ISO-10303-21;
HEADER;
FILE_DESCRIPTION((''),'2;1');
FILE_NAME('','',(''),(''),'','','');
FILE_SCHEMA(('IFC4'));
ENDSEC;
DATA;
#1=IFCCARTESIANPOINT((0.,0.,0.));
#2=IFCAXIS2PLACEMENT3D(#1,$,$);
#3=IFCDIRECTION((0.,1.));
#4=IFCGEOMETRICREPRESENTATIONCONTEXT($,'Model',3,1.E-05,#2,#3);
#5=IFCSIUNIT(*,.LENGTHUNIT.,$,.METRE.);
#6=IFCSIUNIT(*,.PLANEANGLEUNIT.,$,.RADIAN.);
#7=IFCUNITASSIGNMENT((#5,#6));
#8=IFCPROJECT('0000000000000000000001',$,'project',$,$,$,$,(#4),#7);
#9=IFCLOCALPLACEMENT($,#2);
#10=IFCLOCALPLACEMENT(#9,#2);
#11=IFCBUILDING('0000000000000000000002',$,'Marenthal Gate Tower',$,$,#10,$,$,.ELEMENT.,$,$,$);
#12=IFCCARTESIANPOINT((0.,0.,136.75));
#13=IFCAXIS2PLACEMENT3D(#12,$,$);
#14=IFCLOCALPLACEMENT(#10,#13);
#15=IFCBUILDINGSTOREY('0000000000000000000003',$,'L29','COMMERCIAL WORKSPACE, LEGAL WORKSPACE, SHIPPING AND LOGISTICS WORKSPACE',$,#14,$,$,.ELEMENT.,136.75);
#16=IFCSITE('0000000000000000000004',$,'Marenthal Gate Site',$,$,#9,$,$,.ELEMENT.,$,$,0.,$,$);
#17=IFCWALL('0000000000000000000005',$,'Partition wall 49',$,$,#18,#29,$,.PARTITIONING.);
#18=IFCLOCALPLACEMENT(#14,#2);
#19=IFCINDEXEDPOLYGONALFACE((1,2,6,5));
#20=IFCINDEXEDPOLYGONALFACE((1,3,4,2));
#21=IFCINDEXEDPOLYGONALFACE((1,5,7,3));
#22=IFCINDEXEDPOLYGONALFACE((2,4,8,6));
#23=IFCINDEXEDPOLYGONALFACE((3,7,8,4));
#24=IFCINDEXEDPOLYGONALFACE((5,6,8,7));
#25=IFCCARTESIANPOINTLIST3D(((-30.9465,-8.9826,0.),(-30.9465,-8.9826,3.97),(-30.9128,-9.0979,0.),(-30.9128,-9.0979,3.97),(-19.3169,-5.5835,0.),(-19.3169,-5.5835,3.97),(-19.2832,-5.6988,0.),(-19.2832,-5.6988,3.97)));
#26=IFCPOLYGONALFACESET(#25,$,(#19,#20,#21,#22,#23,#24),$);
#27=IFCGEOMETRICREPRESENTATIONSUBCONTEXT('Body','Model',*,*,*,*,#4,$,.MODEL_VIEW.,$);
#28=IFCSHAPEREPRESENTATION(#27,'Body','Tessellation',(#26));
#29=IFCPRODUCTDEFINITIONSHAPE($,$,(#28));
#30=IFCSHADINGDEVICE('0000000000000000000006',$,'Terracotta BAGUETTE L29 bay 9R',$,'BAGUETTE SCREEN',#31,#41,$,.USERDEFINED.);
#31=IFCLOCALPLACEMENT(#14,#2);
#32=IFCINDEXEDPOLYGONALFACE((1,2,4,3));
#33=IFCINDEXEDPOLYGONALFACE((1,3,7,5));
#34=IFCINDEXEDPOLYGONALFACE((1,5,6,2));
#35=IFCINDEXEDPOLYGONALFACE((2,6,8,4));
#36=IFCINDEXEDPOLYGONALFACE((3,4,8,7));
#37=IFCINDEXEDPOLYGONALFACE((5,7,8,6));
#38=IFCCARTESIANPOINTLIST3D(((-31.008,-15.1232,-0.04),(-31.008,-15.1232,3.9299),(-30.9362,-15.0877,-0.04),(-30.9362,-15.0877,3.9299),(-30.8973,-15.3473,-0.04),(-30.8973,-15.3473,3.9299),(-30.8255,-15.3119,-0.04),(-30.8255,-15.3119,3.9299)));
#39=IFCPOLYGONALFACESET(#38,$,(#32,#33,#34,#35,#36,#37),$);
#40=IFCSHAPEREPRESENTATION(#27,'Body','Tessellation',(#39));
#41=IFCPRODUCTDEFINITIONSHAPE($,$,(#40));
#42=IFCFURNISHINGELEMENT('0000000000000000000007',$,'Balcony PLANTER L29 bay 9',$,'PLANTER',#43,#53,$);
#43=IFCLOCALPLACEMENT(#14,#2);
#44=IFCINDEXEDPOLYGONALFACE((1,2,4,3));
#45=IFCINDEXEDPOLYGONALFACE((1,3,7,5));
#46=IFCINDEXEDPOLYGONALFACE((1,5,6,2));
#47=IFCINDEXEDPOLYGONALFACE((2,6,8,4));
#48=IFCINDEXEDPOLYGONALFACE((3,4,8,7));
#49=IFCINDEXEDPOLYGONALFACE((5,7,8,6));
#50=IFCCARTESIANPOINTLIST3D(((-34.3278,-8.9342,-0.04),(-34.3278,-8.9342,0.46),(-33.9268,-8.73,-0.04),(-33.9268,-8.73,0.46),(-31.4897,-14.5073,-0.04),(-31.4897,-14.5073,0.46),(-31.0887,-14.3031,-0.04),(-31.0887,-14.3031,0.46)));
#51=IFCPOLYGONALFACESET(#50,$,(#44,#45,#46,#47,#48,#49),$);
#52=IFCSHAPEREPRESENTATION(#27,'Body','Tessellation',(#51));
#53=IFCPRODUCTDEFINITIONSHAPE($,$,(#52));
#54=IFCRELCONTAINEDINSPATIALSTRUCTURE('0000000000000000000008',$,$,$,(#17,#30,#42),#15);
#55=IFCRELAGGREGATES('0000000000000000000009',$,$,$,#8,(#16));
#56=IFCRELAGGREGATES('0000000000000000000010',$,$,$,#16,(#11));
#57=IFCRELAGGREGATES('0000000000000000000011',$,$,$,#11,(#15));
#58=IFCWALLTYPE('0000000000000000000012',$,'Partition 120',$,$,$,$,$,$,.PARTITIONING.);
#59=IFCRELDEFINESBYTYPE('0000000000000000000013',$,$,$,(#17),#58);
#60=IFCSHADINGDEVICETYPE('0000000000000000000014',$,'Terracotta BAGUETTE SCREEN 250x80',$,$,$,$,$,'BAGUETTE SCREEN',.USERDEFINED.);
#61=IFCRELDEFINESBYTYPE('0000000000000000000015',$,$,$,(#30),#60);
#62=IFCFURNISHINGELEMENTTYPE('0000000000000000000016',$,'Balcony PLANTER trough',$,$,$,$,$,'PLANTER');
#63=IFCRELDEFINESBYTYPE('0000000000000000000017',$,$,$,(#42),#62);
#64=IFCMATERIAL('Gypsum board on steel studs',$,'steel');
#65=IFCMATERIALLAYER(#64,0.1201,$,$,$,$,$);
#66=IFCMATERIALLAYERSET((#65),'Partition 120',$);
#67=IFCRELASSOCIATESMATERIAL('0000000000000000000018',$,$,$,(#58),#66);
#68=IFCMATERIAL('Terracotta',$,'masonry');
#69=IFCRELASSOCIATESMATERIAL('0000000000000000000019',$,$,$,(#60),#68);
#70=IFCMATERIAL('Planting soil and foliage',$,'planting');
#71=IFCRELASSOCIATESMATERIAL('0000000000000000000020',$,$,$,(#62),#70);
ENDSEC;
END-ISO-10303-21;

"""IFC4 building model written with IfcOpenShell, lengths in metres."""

from ifc_helpers import new_model, si_unit, direction, frame, frame_2d, origin, origin_2d, place, context, subcontext, project, spatial, rectangle, extrude, material, layer, layer_set, material_profile, profile_set, type_object, element, save


model = new_model("IFC4")

# Units and contexts
model_context = context("Model", 3, precision=1e-05, world=origin(), true_north=direction((0.0, 1.0)))
body_context = subcontext(model_context, "Body", "Model", "MODEL_VIEW")
ifc_project = project(units=[si_unit("LENGTHUNIT", "METRE"), si_unit("PLANEANGLEUNIT", "RADIAN")], contexts=[model_context])

# Site, building, storey
site_placement = place(None, origin())
site = spatial("IfcSite", under=ifc_project, at=site_placement, Name="Marenthal Gate Site", CompositionType="ELEMENT", RefElevation=0.0)
building_placement = place(site_placement, origin())
building = spatial("IfcBuilding", under=site, at=building_placement, Name="Marenthal Gate Tower", CompositionType="ELEMENT")
storey_placement = place(building_placement, frame((0.0, 0.0, 136.75)))
storey = spatial("IfcBuildingStorey", under=building, at=storey_placement, Name="L29", Description="COMMERCIAL WORKSPACE, LEGAL WORKSPACE, SHIPPING AND LOGISTICS WORKSPACE", CompositionType="ELEMENT", Elevation=136.75)

# Wall
ifc_material_1 = material(Name="Gypsum board on steel studs", Category="steel")
ifc_layer_1 = layer(ifc_material_1, 0.1201)
ifc_layer_set_1 = layer_set([ifc_layer_1], Name="Partition 120")
wall_type_1 = type_object("IfcWallType", Name="Partition 120", PredefinedType="PARTITIONING", material=ifc_layer_set_1)
wall_1_placement = place(storey_placement, frame((-19.3, -5.6411, 0.0), z_axis=(0.0, 0.0, 1.0), x_axis=(-0.95984, -0.280547, 0.0)))
element("IfcWall", 1, at=wall_1_placement, inside=storey, type_object=wall_type_1, Name="Partition wall 49", PredefinedType="PARTITIONING", context=body_context, shape_type="SweptSolid", body=[
    extrude(rectangle(XDim=12.1162, YDim=0.1201, at=frame_2d((6.0581, 0.0))), origin(), (0.0, 0.0, 1.0), 3.97),
])

# Shading device
ifc_material_2 = material(Name="Terracotta", Category="masonry")
ifc_material_profile_1 = material_profile(ifc_material_2, rectangle(XDim=0.25, YDim=0.0801, at=origin_2d()), Name="Terracotta baguette 250x80")
ifc_profile_set_1 = profile_set([ifc_material_profile_1], Name="Terracotta")
shading_device_type = type_object("IfcShadingDeviceType", Name="Terracotta BAGUETTE SCREEN 250x80", ElementType="BAGUETTE SCREEN", PredefinedType="USERDEFINED", material=ifc_profile_set_1)
shading_device_placement = place(storey_placement, frame((-30.9167, -15.2175, -0.04), z_axis=(0.0, 0.0, 1.0), x_axis=(0.442572, -0.896733, 0.0)))
element("IfcShadingDevice", 2, at=shading_device_placement, inside=storey, type_object=shading_device_type, Name="Terracotta BAGUETTE L29 bay 9R", ObjectType="BAGUETTE SCREEN", PredefinedType="USERDEFINED", context=body_context, shape_type="SweptSolid", body=[
    extrude(rectangle(XDim=0.25, YDim=0.0801, at=origin_2d()), origin(), (0.0, 0.0, 1.0), 3.97),
])

# Furnishing element
ifc_material_3 = material(Name="Planting soil and foliage", Category="planting")
furnishing_element_type = type_object("IfcFurnishingElementType", Name="Balcony PLANTER trough", ElementType="PLANTER", material=ifc_material_3)
furnishing_placement = place(storey_placement, frame((-32.7083, -11.6187, -0.04), z_axis=(0.0, 0.0, 1.0), x_axis=(0.453791, -0.891108, 0.0)))
element("IfcFurnishingElement", 3, at=furnishing_placement, inside=storey, type_object=furnishing_element_type, Name="Balcony PLANTER L29 bay 9", ObjectType="PLANTER", context=body_context, shape_type="SweptSolid", body=[
    extrude(rectangle(XDim=6.2542, YDim=0.45, at=origin_2d()), origin(), (0.0, 0.0, 1.0), 0.5),
])

save(model, "model.ifc")
